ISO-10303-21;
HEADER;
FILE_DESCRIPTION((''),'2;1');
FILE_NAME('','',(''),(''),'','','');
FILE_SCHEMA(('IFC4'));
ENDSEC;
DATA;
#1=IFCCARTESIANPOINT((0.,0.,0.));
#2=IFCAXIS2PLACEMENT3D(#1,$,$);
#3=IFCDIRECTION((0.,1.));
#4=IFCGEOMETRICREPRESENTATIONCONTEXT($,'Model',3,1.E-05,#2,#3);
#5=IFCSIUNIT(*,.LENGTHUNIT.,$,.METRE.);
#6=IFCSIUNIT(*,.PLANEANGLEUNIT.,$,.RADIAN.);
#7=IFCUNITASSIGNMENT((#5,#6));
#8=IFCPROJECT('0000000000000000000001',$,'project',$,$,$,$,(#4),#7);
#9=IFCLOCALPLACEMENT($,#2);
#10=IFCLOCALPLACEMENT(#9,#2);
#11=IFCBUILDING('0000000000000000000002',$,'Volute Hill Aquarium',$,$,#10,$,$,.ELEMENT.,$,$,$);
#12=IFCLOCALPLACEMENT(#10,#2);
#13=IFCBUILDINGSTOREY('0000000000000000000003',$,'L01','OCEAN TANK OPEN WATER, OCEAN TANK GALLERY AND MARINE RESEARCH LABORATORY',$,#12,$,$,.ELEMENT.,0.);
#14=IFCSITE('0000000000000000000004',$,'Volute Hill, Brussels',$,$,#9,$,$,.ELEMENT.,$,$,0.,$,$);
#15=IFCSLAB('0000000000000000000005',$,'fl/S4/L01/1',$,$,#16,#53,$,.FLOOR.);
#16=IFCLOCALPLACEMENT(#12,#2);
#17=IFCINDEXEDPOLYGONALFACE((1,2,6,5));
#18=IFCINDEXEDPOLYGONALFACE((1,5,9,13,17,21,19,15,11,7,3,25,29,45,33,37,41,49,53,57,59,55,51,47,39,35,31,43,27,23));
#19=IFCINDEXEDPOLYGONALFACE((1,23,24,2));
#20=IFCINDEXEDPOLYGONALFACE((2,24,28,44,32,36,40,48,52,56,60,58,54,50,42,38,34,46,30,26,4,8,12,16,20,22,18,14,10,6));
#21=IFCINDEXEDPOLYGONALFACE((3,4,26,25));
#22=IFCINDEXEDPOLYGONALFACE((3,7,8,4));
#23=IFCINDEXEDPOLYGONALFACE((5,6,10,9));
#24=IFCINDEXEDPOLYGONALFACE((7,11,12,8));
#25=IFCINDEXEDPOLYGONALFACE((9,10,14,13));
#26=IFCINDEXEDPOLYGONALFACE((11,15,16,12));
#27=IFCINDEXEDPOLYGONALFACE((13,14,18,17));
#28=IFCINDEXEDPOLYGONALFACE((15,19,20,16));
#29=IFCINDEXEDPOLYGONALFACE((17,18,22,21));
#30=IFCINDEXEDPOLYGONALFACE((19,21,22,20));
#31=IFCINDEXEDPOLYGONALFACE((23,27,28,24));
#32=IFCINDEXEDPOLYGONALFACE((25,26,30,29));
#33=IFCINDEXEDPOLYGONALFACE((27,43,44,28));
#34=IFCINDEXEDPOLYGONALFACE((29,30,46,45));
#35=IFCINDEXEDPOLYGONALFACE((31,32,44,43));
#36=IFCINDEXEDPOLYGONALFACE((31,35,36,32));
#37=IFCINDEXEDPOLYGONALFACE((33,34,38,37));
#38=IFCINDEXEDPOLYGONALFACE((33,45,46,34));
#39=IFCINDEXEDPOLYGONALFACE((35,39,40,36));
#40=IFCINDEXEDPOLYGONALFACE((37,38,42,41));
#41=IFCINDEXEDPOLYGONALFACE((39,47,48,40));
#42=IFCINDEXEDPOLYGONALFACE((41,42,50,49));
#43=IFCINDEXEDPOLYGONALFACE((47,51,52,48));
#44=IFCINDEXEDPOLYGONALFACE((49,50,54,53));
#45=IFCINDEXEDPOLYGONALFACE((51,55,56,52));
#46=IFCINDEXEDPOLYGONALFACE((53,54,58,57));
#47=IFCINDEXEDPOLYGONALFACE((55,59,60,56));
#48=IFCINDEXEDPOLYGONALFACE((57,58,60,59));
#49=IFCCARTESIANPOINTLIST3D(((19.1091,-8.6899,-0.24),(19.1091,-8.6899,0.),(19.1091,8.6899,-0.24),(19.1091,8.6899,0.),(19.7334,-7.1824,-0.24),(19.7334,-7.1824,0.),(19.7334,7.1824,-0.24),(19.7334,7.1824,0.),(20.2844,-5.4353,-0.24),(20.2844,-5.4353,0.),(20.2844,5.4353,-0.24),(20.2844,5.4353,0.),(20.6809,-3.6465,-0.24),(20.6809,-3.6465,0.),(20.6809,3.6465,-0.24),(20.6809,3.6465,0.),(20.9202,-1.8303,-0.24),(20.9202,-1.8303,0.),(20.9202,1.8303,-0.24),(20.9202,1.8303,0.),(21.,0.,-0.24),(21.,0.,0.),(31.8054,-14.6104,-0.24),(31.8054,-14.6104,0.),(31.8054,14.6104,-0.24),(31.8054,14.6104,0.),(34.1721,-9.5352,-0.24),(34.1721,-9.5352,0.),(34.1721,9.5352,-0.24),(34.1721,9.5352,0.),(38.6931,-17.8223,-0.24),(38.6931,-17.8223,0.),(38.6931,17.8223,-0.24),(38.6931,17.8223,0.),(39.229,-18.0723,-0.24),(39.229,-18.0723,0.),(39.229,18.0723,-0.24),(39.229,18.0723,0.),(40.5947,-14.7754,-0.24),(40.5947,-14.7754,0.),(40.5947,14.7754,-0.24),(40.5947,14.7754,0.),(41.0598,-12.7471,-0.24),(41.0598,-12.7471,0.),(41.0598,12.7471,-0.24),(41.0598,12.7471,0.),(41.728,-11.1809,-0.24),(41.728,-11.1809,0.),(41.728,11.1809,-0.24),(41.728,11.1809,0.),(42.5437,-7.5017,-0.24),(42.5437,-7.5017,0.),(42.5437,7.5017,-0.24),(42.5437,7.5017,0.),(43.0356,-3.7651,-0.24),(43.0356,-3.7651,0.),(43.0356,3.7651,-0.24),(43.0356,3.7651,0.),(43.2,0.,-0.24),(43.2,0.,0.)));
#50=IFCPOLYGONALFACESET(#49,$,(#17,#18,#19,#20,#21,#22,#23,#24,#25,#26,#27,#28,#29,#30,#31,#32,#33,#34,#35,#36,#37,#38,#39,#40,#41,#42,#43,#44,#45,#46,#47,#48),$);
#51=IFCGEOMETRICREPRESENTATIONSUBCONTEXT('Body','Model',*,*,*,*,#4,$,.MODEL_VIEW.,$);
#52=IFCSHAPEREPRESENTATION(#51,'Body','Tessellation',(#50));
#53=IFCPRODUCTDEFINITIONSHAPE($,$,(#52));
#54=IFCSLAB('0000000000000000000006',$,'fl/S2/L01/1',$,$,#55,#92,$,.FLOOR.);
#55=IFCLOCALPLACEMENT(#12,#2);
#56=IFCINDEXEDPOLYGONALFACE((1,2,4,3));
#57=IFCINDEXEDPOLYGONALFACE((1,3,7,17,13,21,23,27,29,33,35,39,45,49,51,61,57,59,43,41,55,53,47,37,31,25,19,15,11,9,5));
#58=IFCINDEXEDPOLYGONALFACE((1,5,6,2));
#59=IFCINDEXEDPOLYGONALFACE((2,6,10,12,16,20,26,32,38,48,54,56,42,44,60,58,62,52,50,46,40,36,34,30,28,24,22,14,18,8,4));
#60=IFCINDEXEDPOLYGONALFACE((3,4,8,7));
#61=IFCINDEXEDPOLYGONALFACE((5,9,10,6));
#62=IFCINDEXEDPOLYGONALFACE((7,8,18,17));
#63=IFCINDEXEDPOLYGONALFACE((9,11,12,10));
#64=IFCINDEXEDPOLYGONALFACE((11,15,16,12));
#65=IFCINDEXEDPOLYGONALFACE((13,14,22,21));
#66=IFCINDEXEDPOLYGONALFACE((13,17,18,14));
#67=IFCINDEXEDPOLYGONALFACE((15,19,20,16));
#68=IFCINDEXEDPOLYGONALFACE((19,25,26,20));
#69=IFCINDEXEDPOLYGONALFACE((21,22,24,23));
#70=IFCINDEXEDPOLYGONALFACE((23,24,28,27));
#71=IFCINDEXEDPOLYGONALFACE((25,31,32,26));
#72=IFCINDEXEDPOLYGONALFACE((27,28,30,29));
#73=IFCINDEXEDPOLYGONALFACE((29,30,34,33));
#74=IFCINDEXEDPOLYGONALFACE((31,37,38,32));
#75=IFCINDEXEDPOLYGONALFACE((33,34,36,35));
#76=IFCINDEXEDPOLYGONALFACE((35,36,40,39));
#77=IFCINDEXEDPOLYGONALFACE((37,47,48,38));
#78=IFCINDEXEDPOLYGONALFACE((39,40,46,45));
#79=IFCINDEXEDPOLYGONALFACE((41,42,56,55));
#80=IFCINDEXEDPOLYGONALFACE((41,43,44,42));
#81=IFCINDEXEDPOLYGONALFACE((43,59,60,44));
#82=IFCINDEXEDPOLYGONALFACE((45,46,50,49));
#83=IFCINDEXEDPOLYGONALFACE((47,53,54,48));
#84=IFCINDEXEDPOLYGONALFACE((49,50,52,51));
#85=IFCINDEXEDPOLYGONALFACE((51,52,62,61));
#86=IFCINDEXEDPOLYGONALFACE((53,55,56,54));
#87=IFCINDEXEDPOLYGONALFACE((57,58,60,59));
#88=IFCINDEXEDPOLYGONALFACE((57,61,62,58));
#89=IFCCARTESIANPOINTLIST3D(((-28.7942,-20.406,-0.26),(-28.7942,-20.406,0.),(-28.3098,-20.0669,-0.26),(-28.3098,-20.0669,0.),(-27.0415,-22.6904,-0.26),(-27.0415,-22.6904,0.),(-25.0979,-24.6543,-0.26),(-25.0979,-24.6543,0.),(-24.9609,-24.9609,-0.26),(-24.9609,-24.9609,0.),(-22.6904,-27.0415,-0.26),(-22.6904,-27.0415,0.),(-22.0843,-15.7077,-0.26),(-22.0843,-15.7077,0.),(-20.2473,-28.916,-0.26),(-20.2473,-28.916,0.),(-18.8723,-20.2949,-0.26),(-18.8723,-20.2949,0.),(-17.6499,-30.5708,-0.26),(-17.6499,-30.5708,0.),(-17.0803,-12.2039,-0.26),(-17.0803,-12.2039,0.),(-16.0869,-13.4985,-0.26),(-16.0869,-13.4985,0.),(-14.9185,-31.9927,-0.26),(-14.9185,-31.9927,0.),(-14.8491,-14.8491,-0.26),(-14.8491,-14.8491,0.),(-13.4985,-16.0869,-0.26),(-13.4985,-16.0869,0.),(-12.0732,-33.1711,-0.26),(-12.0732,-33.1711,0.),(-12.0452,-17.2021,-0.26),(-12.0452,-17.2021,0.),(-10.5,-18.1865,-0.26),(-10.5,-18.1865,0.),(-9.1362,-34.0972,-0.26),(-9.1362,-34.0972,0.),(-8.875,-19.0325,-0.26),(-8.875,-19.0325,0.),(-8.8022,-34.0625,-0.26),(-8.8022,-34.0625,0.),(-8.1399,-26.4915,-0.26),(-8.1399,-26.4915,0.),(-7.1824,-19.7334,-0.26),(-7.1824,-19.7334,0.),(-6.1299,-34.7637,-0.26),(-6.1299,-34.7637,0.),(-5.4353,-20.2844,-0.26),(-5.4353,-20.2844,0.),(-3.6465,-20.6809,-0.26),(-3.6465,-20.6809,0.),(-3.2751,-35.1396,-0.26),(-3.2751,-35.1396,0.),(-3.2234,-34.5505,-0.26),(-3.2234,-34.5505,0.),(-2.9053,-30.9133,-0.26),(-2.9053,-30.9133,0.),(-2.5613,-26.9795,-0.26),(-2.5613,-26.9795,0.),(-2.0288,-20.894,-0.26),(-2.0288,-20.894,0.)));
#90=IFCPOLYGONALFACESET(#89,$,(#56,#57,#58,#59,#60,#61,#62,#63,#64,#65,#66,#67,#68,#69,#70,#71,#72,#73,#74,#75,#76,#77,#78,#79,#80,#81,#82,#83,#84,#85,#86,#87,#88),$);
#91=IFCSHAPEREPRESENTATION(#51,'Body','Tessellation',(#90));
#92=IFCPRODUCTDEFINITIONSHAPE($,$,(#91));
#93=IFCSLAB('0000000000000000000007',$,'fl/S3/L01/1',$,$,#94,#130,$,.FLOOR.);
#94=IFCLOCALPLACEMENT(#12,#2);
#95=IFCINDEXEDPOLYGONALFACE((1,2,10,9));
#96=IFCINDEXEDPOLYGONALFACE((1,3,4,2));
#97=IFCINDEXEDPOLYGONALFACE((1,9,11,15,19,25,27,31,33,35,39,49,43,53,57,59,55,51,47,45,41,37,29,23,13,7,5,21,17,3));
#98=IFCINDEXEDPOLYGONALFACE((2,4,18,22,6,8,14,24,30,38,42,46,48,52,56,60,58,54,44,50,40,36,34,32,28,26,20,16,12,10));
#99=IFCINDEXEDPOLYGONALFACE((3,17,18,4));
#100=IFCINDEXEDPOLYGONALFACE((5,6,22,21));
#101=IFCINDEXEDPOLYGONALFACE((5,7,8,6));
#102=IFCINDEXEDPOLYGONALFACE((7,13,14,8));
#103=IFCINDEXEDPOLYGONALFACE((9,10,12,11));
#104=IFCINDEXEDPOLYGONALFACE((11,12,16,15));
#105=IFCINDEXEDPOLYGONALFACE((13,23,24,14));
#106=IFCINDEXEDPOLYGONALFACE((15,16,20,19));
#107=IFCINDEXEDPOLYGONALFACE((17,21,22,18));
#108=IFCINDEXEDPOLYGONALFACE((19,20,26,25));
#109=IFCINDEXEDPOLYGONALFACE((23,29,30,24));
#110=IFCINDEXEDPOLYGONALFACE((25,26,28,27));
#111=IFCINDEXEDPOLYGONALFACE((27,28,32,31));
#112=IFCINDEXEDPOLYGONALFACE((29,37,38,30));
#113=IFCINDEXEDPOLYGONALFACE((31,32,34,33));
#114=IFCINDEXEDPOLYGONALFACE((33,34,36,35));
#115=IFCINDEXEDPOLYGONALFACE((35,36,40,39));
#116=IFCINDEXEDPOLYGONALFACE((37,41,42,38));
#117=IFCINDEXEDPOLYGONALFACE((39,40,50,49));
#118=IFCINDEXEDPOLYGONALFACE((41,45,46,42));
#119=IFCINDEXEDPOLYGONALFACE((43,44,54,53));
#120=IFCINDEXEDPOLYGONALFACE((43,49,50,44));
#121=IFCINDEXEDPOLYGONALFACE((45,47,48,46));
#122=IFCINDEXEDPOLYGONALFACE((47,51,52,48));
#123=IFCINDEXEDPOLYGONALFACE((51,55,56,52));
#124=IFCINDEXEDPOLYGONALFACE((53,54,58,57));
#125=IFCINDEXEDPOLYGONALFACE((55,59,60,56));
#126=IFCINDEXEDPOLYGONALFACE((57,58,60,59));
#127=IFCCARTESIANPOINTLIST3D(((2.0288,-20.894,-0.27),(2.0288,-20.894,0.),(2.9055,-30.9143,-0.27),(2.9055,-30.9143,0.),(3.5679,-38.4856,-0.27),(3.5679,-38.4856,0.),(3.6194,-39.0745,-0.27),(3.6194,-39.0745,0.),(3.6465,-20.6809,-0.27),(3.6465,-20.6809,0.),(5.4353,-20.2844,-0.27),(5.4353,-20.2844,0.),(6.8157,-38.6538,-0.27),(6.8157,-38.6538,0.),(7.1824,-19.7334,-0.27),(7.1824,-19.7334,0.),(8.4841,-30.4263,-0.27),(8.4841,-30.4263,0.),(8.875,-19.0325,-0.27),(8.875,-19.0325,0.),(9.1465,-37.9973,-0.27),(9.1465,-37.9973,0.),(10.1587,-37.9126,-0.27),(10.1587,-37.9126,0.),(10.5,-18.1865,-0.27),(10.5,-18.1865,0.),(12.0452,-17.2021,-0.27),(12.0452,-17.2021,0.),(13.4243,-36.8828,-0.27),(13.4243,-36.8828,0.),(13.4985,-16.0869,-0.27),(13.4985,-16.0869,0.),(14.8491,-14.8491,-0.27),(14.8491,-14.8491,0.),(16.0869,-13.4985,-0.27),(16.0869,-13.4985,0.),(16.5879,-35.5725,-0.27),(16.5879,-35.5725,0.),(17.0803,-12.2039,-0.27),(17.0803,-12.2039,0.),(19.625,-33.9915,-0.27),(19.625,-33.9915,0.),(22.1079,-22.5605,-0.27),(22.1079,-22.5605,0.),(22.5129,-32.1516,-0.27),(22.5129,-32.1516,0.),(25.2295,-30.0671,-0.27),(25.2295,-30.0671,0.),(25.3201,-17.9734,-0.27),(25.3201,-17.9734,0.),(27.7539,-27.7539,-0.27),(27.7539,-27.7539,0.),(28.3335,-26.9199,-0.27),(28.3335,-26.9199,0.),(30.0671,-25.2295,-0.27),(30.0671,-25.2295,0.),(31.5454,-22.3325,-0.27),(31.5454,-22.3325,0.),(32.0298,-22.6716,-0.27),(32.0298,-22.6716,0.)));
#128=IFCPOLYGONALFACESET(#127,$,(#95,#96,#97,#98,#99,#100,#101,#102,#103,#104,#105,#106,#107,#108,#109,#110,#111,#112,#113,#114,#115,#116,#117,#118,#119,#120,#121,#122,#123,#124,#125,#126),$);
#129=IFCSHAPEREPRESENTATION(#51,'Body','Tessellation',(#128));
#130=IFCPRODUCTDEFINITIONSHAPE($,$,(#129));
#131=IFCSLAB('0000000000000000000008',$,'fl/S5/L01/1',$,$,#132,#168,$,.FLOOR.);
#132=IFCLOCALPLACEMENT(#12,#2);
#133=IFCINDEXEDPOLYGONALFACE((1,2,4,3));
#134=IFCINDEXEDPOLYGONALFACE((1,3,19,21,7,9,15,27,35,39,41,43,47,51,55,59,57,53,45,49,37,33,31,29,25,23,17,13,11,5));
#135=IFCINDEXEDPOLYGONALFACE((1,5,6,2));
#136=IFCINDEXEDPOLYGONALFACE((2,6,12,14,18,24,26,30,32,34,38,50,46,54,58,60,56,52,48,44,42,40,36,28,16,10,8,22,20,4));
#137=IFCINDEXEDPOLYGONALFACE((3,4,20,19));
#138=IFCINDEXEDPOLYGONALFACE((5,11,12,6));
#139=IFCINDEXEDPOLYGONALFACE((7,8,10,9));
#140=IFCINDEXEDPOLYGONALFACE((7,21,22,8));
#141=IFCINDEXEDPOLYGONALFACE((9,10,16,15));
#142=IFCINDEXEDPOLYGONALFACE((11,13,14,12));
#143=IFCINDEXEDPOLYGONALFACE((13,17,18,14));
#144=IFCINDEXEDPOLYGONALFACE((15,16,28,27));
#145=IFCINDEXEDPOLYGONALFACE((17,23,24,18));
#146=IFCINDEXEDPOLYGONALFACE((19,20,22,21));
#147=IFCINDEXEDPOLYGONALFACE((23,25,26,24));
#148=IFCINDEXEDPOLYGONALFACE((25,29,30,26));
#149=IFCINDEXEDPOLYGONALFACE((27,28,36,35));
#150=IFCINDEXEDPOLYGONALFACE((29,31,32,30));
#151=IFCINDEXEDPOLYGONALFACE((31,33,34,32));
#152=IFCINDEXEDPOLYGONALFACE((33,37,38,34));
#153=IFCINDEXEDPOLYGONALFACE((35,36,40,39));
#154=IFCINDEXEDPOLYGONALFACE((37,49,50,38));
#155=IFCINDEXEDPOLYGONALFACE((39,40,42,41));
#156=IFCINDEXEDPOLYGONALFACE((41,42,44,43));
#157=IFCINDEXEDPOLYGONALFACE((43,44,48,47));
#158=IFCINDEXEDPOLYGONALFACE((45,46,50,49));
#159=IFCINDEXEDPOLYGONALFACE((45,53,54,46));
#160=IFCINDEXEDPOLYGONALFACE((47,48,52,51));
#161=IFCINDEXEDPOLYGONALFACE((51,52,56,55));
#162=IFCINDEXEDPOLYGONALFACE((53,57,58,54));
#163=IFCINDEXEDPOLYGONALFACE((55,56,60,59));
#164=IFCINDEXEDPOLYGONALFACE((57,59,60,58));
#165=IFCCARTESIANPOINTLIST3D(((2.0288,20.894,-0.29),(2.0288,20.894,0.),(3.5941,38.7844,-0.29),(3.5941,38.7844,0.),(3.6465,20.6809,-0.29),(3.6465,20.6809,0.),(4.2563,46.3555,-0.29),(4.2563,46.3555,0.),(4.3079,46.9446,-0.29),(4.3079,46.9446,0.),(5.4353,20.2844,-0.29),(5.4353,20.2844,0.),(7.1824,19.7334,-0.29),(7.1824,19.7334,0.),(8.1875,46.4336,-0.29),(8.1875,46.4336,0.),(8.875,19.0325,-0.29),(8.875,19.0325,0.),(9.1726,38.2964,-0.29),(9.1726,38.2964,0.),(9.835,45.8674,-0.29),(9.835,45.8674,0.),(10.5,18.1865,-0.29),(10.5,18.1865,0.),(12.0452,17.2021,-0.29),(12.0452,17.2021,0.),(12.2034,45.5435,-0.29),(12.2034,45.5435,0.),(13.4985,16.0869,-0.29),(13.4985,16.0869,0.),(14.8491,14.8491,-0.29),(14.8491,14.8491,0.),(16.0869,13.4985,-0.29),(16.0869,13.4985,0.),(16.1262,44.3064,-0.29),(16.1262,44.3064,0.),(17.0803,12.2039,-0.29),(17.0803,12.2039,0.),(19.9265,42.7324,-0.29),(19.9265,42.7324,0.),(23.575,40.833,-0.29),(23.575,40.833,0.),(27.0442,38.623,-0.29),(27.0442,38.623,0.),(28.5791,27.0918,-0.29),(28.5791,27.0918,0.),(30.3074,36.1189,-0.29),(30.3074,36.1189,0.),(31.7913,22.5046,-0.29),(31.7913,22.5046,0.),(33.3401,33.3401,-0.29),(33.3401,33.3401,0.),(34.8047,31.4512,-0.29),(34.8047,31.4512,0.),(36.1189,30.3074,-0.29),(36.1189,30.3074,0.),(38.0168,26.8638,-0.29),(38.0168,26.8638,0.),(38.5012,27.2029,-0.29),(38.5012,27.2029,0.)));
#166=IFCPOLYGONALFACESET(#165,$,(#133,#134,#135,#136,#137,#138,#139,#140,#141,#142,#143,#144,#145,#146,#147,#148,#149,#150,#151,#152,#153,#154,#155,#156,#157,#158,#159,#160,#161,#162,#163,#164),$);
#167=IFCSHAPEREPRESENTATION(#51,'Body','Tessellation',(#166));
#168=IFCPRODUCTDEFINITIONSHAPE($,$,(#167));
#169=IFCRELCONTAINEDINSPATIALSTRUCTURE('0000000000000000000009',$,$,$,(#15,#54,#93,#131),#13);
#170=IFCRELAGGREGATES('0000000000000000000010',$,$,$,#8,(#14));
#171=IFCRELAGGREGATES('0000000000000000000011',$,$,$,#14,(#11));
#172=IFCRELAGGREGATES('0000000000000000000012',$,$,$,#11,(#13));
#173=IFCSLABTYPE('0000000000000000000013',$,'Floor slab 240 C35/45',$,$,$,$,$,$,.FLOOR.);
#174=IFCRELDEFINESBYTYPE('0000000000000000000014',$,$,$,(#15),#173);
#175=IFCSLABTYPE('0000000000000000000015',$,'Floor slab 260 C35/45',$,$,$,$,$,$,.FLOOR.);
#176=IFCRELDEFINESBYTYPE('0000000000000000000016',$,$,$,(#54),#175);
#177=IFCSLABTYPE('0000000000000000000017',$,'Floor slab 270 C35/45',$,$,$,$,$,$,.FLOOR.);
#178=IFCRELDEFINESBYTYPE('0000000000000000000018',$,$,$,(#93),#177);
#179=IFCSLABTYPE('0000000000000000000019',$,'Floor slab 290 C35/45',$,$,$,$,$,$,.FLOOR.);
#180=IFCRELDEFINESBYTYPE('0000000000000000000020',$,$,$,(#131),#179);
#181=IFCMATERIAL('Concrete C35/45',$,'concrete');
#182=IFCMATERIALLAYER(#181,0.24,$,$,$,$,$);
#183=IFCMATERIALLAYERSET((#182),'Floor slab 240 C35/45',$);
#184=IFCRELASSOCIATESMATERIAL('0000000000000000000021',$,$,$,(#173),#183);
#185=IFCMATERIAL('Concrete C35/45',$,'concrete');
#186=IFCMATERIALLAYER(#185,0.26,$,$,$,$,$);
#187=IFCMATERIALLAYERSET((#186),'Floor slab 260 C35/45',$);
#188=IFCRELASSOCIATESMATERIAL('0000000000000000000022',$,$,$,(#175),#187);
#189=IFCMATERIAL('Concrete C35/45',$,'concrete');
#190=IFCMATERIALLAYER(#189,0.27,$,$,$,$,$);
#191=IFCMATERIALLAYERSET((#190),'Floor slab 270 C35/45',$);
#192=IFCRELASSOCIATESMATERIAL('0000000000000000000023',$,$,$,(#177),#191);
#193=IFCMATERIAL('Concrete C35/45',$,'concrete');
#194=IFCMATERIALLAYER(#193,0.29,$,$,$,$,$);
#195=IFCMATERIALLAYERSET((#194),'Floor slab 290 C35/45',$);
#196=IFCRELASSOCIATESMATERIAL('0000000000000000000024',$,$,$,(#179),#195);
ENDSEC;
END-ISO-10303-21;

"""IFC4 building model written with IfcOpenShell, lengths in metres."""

from ifc_helpers import new_model, si_unit, direction, frame, origin, place, context, subcontext, project, spatial, polyline, outline, extrude, material, layer, layer_set, type_object, element, save


model = new_model("IFC4")

# Units and contexts
model_context = context("Model", 3, precision=1e-05, world=origin(), true_north=direction((0.0, 1.0)))
body_context = subcontext(model_context, "Body", "Model", "MODEL_VIEW")
ifc_project = project(units=[si_unit("LENGTHUNIT", "METRE"), si_unit("PLANEANGLEUNIT", "RADIAN")], contexts=[model_context])

# Site, building, storey
site_placement = place(None, origin())
site = spatial("IfcSite", under=ifc_project, at=site_placement, Name="Volute Hill, Brussels", CompositionType="ELEMENT", RefElevation=0.0)
building_placement = place(site_placement, origin())
building = spatial("IfcBuilding", under=site, at=building_placement, Name="Volute Hill Aquarium", CompositionType="ELEMENT")
storey_placement = place(building_placement, origin())
storey = spatial("IfcBuildingStorey", under=building, at=storey_placement, Name="L01", Description="OCEAN TANK OPEN WATER, OCEAN TANK GALLERY AND MARINE RESEARCH LABORATORY", CompositionType="ELEMENT", Elevation=0.0)

# Slabs
ifc_material_1 = material(Name="Concrete C35/45", Category="concrete")
ifc_layer_1 = layer(ifc_material_1, 0.24)
ifc_layer_set_1 = layer_set([ifc_layer_1], Name="Floor slab 240 C35/45")
slab_type_1 = type_object("IfcSlabType", Name="Floor slab 240 C35/45", PredefinedType="FLOOR", material=ifc_layer_set_1)
slab_1_placement = place(storey_placement, frame((0.0, 0.0, -0.24)))
element("IfcSlab", 1, at=slab_1_placement, inside=storey, type_object=slab_type_1, Name="fl/S4/L01/1", PredefinedType="FLOOR", context=body_context, shape_type="SweptSolid", body=[
    extrude(outline(polyline([(40.5947, 14.7754), (41.728, 11.1809), (42.5437, 7.5017), (43.0356, 3.7651), (43.2, 0.0), (43.0356, -3.7651), (42.5437, -7.5017), (41.728, -11.1809), (40.5947, -14.7754), (39.229, -18.0723), (38.6931, -17.8223), (41.0598, -12.7471), (34.1721, -9.5352), (31.8054, -14.6104), (19.1091, -8.6899), (19.7334, -7.1824), (20.2844, -5.4353), (20.6809, -3.6465), (20.9202, -1.8303), (21.0, 0.0), (20.9202, 1.8303), (20.6809, 3.6465), (20.2844, 5.4353), (19.7334, 7.1824), (19.1091, 8.6899), (31.8054, 14.6104), (34.1721, 9.5352), (41.0598, 12.7471), (38.6931, 17.8223), (39.229, 18.0723), (40.5947, 14.7754)])), origin(), (0.0, 0.0, 1.0), 0.24),
])
ifc_material_2 = material(Name="Concrete C35/45", Category="concrete")
ifc_layer_2 = layer(ifc_material_2, 0.26)
ifc_layer_set_2 = layer_set([ifc_layer_2], Name="Floor slab 260 C35/45")
slab_type_2 = type_object("IfcSlabType", Name="Floor slab 260 C35/45", PredefinedType="FLOOR", material=ifc_layer_set_2)
slab_2_placement = place(storey_placement, frame((0.0, 0.0, -0.26)))
element("IfcSlab", 2, at=slab_2_placement, inside=storey, type_object=slab_type_2, Name="fl/S2/L01/1", PredefinedType="FLOOR", context=body_context, shape_type="SweptSolid", body=[
    extrude(outline(polyline([(-6.1299, -34.7637), (-9.1362, -34.0972), (-12.0732, -33.1711), (-14.9185, -31.9927), (-17.6499, -30.5708), (-20.2473, -28.916), (-22.6904, -27.0415), (-24.9609, -24.9609), (-27.0415, -22.6904), (-28.7942, -20.406), (-28.3098, -20.0669), (-25.0979, -24.6543), (-18.8723, -20.2949), (-22.0842, -15.7078), (-24.9595, -17.7209), (-17.0803, -12.2039), (-16.0869, -13.4985), (-14.8491, -14.8491), (-13.4985, -16.0869), (-12.0452, -17.2021), (-10.5, -18.1865), (-8.875, -19.0325), (-7.1824, -19.7334), (-5.4353, -20.2844), (-3.6465, -20.6809), (-2.0288, -20.894), (-2.9053, -30.9133), (-2.5613, -26.9795), (-8.1399, -26.4915), (-8.8022, -34.0625), (-3.2234, -34.5505), (-3.2751, -35.1396), (-6.1299, -34.7637)])), origin(), (0.0, 0.0, 1.0), 0.26),
])
ifc_material_3 = material(Name="Concrete C35/45", Category="concrete")
ifc_layer_3 = layer(ifc_material_3, 0.27)
ifc_layer_set_3 = layer_set([ifc_layer_3], Name="Floor slab 270 C35/45")
slab_type_3 = type_object("IfcSlabType", Name="Floor slab 270 C35/45", PredefinedType="FLOOR", material=ifc_layer_set_3)
slab_3_placement = place(storey_placement, frame((0.0, 0.0, -0.27)))
element("IfcSlab", 3, at=slab_3_placement, inside=storey, type_object=slab_type_3, Name="fl/S3/L01/1", PredefinedType="FLOOR", context=body_context, shape_type="SweptSolid", body=[
    extrude(outline(polyline([(30.0671, -25.2295), (27.7539, -27.7539), (25.2295, -30.0671), (22.5129, -32.1516), (19.625, -33.9915), (16.5879, -35.5725), (13.4243, -36.8828), (10.1587, -37.9126), (6.8157, -38.6538), (3.6194, -39.0745), (3.5679, -38.4856), (9.1465, -37.9973), (8.4841, -30.4263), (2.9055, -30.9143), (2.0288, -20.894), (3.6465, -20.6809), (5.4353, -20.2844), (7.1824, -19.7334), (8.875, -19.0325), (10.5, -18.1865), (12.0452, -17.2021), (13.4985, -16.0869), (14.8491, -14.8491), (16.0869, -13.4985), (17.0803, -12.2039), (25.3201, -17.9734), (22.1079, -22.5605), (28.3335, -26.9199), (31.5454, -22.3325), (26.3708, -18.7092), (32.0298, -22.6716), (30.0671, -25.2295)])), origin(), (0.0, 0.0, 1.0), 0.27),
])
ifc_material_4 = material(Name="Concrete C35/45", Category="concrete")
ifc_layer_4 = layer(ifc_material_4, 0.29)
ifc_layer_set_4 = layer_set([ifc_layer_4], Name="Floor slab 290 C35/45")
slab_type_4 = type_object("IfcSlabType", Name="Floor slab 290 C35/45", PredefinedType="FLOOR", material=ifc_layer_set_4)
slab_4_placement = place(storey_placement, frame((0.0, 0.0, -0.29)))
element("IfcSlab", 4, at=slab_4_placement, inside=storey, type_object=slab_type_4, Name="fl/S5/L01/1", PredefinedType="FLOOR", context=body_context, shape_type="SweptSolid", body=[
    extrude(outline(polyline([(8.1875, 46.4336), (12.2034, 45.5435), (16.1262, 44.3064), (19.9265, 42.7324), (23.575, 40.833), (27.0442, 38.623), (30.3074, 36.1189), (33.3401, 33.3401), (36.1189, 30.3074), (38.5012, 27.2029), (38.0168, 26.8638), (34.8047, 31.4512), (28.5791, 27.0918), (31.7913, 22.5046), (17.0803, 12.2039), (16.0869, 13.4985), (14.8491, 14.8491), (13.4985, 16.0869), (12.0452, 17.2021), (10.5, 18.1865), (8.875, 19.0325), (7.1824, 19.7334), (5.4353, 20.2844), (3.6465, 20.6809), (2.0288, 20.894), (3.9458, 42.8044), (3.594, 38.7844), (9.1726, 38.2964), (9.835, 45.8674), (4.2563, 46.3555), (4.3079, 46.9446), (8.1875, 46.4336)])), origin(), (0.0, 0.0, 1.0), 0.29),
])

save(model, "model.ifc")
